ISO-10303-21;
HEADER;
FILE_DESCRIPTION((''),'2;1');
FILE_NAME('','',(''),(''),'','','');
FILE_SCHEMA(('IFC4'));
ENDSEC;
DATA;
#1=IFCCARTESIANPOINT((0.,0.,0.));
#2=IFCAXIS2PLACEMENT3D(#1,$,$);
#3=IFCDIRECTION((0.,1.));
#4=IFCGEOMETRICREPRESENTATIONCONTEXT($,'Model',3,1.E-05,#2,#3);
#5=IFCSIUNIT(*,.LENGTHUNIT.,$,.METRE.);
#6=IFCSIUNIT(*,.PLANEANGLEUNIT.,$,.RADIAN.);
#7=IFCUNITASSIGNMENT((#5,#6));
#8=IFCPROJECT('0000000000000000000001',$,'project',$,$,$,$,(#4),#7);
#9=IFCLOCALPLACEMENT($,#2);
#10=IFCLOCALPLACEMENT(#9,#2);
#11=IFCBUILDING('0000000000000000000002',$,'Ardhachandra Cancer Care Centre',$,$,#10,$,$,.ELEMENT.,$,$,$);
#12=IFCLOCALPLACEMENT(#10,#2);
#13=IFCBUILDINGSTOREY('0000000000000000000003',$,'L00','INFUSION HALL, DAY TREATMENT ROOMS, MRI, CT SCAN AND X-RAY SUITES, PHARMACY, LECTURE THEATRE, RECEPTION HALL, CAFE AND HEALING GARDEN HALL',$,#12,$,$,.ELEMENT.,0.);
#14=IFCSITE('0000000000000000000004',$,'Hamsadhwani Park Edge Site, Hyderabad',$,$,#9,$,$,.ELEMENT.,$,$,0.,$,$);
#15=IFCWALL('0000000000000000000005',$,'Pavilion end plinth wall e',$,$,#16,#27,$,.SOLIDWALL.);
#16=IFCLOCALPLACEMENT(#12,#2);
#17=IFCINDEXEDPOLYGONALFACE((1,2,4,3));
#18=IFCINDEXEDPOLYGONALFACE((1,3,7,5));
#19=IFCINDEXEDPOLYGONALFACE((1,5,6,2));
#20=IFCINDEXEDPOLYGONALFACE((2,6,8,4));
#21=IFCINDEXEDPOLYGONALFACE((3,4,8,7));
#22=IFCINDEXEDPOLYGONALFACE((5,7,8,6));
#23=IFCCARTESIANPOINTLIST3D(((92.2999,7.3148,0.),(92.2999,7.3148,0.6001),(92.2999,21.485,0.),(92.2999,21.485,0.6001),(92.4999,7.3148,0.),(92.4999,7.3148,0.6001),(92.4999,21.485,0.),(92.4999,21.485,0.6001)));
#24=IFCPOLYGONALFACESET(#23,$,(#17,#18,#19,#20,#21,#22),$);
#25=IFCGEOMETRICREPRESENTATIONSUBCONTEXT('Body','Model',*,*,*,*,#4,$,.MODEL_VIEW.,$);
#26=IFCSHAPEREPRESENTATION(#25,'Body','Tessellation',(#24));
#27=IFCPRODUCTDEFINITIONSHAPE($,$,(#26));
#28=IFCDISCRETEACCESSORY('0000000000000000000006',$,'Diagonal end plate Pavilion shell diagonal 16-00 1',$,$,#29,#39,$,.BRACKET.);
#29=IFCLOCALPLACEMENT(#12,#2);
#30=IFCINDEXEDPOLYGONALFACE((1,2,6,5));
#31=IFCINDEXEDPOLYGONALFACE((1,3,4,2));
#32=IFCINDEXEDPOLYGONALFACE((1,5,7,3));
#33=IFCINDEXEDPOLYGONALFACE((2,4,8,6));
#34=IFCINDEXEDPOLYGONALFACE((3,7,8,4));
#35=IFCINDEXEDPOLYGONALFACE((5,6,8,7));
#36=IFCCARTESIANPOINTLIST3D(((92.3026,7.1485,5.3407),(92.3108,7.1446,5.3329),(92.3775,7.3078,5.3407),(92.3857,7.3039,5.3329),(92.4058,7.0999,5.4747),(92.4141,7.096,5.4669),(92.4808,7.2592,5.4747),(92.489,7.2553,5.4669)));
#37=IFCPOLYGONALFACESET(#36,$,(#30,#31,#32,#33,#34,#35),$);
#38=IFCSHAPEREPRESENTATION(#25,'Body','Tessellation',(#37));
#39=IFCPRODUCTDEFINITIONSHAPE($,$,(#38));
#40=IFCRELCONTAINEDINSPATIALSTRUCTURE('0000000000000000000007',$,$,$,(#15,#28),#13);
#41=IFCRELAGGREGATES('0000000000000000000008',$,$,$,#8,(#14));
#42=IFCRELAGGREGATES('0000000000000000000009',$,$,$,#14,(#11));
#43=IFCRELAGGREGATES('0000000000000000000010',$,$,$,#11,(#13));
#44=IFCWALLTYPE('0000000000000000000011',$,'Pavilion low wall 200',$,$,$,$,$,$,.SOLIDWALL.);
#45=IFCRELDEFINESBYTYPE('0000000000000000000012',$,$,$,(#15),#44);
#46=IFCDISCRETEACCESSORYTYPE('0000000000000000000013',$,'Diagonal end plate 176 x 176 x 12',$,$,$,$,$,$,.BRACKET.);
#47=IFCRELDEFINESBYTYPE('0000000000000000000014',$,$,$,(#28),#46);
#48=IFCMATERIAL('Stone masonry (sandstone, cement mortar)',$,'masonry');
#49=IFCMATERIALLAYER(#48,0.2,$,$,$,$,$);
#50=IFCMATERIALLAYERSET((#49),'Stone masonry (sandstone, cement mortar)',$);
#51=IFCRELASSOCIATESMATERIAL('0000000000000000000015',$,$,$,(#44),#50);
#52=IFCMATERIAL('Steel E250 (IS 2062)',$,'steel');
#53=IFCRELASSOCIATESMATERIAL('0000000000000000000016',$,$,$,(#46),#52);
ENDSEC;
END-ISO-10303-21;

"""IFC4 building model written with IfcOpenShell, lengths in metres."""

from ifc_helpers import new_model, si_unit, direction, frame, frame_2d, origin, origin_2d, place, context, subcontext, project, spatial, rectangle, extrude, material, layer, layer_set, material_profile, profile_set, type_object, element, save


model = new_model("IFC4")

# Units and contexts
model_context = context("Model", 3, precision=1e-05, world=origin(), true_north=direction((0.0, 1.0)))
body_context = subcontext(model_context, "Body", "Model", "MODEL_VIEW")
ifc_project = project(units=[si_unit("LENGTHUNIT", "METRE"), si_unit("PLANEANGLEUNIT", "RADIAN")], contexts=[model_context])

# Site, building, storey
site_placement = place(None, origin())
site = spatial("IfcSite", under=ifc_project, at=site_placement, Name="Hamsadhwani Park Edge Site, Hyderabad", CompositionType="ELEMENT", RefElevation=0.0)
building_placement = place(site_placement, origin())
building = spatial("IfcBuilding", under=site, at=building_placement, Name="Ardhachandra Cancer Care Centre", CompositionType="ELEMENT")
storey_placement = place(building_placement, origin())
storey = spatial("IfcBuildingStorey", under=building, at=storey_placement, Name="L00", Description="INFUSION HALL, DAY TREATMENT ROOMS, MRI, CT SCAN AND X-RAY SUITES, PHARMACY, LECTURE THEATRE, RECEPTION HALL, CAFE AND HEALING GARDEN HALL", CompositionType="ELEMENT", Elevation=0.0)

# Wall
ifc_material_1 = material(Name="Stone masonry (sandstone, cement mortar)", Category="masonry")
ifc_layer_1 = layer(ifc_material_1, 0.2)
ifc_layer_set_1 = layer_set([ifc_layer_1], Name="Stone masonry (sandstone, cement mortar)")
wall_type = type_object("IfcWallType", Name="Pavilion low wall 200", PredefinedType="SOLIDWALL", material=ifc_layer_set_1)
wall_placement = place(storey_placement, frame((92.3999, 7.3149, 0.0), z_axis=(0.0, 0.0, 1.0), x_axis=(0.0, 1.0, 0.0)))
element("IfcWall", 1, at=wall_placement, inside=storey, type_object=wall_type, Name="Pavilion end plinth wall e", PredefinedType="SOLIDWALL", context=body_context, shape_type="SweptSolid", body=[
    extrude(rectangle(XDim=14.1702, YDim=0.2, at=frame_2d((7.085, 0.0))), origin(), (0.0, 0.0, 1.0), 0.6001),
])

# Discrete accessory
ifc_material_2 = material(Name="Steel E250 (IS 2062)", Category="steel")
ifc_material_profile_1 = material_profile(ifc_material_2, rectangle(XDim=0.176, YDim=0.176, at=origin_2d()), Name="PL 176x176x12")
ifc_profile_set_1 = profile_set([ifc_material_profile_1], Name="Steel E250 (IS 2062)")
discrete_accessory_type = type_object("IfcDiscreteAccessoryType", Name="Diagonal end plate 176 x 176 x 12", PredefinedType="BRACKET", material=ifc_profile_set_1)
discrete_accessory_placement = place(storey_placement, frame((92.3999, 7.2, 5.3999), z_axis=(-0.688875, 0.324176, 0.648353), x_axis=(-0.425797, -0.904819, 0.0)))
element("IfcDiscreteAccessory", 2, at=discrete_accessory_placement, inside=storey, type_object=discrete_accessory_type, Name="Diagonal end plate Pavilion shell diagonal 16-00 1", PredefinedType="BRACKET", context=body_context, shape_type="SweptSolid", body=[
    extrude(rectangle(XDim=0.176, YDim=0.176, at=origin_2d()), origin(), (0.0, 0.0, 1.0), 0.012),
])

save(model, "model.ifc")
